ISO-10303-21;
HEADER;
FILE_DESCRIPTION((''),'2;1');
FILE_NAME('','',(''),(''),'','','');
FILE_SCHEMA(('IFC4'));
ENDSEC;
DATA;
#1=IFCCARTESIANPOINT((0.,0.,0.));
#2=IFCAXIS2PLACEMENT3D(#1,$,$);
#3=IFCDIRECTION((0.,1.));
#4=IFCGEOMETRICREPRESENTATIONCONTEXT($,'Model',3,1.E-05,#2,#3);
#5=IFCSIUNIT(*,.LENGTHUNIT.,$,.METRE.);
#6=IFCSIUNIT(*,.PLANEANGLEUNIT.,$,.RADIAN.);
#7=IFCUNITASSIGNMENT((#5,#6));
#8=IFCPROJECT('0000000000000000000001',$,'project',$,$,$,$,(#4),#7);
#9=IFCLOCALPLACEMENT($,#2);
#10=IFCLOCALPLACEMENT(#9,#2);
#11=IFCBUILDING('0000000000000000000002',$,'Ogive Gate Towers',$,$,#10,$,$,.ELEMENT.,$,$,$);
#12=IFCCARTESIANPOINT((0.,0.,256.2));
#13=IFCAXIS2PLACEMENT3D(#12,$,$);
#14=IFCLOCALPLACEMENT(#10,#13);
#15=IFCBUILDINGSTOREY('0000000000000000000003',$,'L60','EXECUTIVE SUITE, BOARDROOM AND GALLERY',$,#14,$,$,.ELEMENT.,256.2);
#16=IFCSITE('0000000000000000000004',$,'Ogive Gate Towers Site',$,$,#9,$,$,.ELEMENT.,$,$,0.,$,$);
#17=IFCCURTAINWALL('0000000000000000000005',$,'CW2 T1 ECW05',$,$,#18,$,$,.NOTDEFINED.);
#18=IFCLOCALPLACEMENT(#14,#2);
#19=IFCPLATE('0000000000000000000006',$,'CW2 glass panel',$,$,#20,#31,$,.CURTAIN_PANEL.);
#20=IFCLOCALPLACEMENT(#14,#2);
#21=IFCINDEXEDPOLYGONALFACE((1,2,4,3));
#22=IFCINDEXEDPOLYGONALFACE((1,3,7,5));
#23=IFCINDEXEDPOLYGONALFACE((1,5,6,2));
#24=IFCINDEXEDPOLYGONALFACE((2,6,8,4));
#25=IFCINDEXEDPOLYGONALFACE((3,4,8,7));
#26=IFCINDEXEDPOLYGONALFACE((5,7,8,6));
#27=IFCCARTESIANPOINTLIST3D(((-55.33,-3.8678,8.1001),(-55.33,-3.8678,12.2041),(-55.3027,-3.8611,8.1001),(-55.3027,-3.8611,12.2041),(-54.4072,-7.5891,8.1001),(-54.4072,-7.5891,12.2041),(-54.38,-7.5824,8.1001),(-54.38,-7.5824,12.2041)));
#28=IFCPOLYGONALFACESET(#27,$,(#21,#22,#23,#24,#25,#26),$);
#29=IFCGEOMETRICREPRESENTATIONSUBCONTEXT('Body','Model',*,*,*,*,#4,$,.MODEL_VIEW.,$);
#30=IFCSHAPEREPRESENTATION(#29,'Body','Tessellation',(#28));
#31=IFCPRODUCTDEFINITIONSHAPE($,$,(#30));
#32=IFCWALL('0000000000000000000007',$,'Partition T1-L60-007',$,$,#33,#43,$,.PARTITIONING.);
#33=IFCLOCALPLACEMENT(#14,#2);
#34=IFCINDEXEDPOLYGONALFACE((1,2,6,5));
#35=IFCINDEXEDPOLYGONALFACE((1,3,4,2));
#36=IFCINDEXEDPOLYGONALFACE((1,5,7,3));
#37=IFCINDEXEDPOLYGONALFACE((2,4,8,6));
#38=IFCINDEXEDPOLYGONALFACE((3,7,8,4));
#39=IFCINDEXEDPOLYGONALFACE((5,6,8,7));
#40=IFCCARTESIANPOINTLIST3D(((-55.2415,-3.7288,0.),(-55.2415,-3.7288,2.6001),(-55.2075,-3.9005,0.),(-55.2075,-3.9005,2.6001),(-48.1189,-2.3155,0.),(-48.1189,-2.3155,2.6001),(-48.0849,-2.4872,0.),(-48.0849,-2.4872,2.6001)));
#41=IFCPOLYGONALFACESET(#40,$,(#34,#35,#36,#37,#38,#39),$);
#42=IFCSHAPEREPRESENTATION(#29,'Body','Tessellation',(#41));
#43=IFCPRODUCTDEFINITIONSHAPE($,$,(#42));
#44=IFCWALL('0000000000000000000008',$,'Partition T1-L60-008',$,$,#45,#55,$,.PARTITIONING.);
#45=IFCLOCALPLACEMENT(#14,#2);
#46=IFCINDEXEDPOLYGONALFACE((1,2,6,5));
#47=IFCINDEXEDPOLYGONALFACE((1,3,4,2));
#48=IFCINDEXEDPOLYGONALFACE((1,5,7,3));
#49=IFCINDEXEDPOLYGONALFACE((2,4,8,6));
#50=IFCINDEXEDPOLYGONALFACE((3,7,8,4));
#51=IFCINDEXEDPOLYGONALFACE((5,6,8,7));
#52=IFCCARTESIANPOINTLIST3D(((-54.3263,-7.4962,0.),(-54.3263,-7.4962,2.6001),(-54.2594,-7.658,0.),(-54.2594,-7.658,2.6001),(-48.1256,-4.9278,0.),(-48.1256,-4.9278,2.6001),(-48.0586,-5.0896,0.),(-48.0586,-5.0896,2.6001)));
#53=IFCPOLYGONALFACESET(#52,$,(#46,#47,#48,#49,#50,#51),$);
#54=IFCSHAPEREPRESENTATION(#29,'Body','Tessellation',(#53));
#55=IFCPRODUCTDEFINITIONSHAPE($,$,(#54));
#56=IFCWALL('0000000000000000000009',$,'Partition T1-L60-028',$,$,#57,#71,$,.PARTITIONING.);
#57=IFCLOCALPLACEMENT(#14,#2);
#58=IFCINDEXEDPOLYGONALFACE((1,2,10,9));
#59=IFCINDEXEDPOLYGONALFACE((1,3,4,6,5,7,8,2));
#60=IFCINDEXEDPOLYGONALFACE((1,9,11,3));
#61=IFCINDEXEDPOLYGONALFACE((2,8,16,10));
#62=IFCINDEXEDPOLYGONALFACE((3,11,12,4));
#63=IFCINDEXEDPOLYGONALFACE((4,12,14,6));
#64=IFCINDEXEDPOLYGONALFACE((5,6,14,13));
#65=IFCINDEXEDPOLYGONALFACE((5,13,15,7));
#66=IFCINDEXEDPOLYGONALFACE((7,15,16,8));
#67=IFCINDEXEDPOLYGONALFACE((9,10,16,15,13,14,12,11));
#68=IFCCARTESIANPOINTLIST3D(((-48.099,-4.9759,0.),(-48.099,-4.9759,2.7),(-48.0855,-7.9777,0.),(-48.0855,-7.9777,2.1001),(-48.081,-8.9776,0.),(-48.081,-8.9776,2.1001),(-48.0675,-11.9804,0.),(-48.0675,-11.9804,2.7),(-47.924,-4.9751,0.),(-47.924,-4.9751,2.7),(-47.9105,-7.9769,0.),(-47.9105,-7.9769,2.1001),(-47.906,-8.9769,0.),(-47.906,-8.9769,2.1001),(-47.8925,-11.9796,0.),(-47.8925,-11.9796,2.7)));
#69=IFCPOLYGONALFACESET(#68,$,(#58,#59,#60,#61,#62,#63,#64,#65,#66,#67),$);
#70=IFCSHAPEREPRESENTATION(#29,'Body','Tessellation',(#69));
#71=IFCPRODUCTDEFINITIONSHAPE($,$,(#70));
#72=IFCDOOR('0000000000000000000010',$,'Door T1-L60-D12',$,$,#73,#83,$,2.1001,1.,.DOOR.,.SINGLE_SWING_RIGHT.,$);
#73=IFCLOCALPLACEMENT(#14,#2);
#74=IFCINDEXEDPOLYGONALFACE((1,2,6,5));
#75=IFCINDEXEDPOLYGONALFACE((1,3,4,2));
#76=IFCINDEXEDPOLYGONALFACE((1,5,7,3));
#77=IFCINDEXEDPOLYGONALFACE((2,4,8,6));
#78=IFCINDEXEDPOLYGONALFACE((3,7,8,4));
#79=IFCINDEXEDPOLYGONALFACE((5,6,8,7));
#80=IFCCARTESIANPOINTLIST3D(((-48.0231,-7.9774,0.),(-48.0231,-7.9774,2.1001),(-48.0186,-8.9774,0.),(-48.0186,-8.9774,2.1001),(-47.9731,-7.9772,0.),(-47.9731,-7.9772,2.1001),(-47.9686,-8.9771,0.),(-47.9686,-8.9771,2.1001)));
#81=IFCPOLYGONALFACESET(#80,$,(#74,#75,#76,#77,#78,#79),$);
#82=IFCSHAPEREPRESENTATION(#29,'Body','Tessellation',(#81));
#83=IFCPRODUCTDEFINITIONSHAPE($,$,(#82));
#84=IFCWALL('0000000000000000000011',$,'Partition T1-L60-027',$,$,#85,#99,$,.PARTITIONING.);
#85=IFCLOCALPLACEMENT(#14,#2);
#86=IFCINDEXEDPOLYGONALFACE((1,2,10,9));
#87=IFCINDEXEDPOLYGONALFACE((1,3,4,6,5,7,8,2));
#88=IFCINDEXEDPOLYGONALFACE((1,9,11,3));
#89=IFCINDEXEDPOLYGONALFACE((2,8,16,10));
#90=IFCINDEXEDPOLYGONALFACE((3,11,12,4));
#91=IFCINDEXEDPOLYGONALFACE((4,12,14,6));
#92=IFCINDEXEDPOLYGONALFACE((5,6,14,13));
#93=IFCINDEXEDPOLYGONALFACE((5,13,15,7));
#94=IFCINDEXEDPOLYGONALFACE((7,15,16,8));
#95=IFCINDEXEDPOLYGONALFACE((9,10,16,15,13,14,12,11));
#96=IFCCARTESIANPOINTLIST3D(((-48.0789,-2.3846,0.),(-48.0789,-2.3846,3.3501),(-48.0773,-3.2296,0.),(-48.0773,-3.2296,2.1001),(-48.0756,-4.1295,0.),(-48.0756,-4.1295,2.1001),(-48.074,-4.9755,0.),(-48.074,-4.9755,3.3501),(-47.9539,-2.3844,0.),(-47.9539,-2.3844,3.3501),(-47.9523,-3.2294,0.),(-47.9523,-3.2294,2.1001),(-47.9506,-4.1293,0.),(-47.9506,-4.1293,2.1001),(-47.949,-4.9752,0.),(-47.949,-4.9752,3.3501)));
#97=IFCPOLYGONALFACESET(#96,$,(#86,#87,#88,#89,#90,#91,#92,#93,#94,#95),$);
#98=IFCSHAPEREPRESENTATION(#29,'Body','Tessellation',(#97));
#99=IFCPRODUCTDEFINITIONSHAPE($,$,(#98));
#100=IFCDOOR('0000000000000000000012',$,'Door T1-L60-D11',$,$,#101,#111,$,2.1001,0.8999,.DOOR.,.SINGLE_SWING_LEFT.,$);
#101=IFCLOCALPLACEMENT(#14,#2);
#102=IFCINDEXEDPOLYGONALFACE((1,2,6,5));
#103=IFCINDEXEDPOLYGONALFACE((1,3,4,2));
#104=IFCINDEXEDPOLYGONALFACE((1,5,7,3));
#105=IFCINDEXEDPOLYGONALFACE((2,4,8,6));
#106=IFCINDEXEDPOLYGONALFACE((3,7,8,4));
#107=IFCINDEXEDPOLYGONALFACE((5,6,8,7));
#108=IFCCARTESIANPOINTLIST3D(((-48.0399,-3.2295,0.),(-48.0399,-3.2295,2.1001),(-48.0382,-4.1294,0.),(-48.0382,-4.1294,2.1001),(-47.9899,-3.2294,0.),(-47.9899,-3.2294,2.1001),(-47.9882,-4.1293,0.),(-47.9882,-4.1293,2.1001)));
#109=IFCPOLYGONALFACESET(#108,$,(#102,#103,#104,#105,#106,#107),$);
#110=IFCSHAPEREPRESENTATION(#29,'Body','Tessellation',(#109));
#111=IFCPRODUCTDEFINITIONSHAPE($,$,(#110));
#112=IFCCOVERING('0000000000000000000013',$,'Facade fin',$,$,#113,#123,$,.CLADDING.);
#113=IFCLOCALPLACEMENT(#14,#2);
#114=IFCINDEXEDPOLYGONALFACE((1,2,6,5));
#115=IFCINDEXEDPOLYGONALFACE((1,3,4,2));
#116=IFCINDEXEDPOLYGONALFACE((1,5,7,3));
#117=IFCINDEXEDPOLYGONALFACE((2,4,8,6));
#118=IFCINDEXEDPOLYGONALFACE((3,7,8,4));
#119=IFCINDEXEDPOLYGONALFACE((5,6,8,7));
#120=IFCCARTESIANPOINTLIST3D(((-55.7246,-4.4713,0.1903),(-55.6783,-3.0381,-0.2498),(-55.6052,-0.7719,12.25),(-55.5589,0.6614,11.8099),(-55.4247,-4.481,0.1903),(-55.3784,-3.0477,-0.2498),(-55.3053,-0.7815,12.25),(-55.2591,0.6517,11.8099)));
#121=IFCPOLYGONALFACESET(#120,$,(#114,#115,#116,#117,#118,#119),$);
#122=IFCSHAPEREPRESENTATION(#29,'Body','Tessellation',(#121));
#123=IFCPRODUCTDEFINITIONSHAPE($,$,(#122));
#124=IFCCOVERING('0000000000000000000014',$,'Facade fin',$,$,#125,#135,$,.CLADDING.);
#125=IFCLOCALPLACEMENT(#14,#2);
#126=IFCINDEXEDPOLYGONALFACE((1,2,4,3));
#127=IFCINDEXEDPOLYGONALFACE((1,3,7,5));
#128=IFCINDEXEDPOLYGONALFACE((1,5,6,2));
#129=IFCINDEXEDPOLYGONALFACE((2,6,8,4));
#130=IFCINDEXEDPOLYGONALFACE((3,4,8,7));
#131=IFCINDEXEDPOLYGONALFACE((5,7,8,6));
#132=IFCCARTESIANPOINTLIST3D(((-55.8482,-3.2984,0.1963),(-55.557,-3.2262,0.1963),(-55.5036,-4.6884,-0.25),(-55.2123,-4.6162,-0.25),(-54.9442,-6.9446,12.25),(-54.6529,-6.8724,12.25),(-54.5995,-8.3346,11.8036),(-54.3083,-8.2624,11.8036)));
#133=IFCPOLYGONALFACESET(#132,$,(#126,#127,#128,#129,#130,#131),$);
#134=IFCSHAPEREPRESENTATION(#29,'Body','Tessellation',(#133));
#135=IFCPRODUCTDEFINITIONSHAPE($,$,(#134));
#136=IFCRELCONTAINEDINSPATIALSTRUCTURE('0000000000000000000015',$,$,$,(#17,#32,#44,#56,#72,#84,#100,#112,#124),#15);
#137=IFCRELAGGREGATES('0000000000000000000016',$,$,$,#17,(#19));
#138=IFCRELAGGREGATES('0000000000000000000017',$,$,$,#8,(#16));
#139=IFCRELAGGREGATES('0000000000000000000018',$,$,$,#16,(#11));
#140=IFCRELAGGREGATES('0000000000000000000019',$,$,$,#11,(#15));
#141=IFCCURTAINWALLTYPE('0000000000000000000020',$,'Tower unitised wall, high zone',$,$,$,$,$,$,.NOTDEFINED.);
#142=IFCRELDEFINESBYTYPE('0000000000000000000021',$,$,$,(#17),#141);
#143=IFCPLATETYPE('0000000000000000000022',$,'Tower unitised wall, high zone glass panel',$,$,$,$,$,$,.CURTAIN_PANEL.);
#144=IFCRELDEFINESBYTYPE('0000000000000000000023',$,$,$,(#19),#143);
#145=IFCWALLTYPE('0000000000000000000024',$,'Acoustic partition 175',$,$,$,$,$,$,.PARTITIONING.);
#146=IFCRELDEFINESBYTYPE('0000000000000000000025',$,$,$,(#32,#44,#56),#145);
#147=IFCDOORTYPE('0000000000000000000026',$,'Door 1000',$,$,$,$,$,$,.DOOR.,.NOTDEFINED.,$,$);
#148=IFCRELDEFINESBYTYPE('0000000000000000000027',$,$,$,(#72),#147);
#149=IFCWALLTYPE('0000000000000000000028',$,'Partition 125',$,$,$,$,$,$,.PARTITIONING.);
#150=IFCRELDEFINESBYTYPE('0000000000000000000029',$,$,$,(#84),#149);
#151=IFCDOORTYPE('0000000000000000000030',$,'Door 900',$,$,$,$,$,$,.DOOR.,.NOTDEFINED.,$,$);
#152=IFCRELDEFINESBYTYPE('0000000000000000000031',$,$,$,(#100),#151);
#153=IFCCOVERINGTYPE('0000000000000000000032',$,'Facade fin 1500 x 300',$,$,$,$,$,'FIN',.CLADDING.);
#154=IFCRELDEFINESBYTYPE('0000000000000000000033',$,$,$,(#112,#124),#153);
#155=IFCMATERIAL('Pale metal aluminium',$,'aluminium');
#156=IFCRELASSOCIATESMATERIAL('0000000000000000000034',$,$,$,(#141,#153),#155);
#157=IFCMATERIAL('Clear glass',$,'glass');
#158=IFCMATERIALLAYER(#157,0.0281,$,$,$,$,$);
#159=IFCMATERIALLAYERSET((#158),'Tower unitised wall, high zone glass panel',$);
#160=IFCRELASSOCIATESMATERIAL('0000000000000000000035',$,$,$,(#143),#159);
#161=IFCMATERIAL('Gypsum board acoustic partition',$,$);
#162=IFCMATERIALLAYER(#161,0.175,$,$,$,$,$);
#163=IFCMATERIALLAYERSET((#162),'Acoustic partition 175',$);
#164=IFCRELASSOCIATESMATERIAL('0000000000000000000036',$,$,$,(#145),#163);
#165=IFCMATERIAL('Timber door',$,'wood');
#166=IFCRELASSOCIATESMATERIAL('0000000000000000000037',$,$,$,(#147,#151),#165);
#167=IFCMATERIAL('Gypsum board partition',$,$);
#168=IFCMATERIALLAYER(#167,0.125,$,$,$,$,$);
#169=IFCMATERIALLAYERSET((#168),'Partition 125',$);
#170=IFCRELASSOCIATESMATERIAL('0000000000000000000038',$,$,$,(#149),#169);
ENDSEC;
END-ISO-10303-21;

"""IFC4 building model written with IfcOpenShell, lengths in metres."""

from ifc_helpers import new_model, si_unit, direction, frame, frame_2d, origin, origin_2d, place, context, subcontext, project, spatial, rectangle, extrude, material, layer, layer_set, material_profile, profile_set, type_object, element, fill, aggregate, save


model = new_model("IFC4")

# Units and contexts
model_context = context("Model", 3, precision=1e-05, world=origin(), true_north=direction((0.0, 1.0)))
body_context = subcontext(model_context, "Body", "Model", "MODEL_VIEW")
ifc_project = project(units=[si_unit("LENGTHUNIT", "METRE"), si_unit("PLANEANGLEUNIT", "RADIAN")], contexts=[model_context])

# Site, building, storey
site_placement = place(None, origin())
site = spatial("IfcSite", under=ifc_project, at=site_placement, Name="Ogive Gate Towers Site", CompositionType="ELEMENT", RefElevation=0.0)
building_placement = place(site_placement, origin())
building = spatial("IfcBuilding", under=site, at=building_placement, Name="Ogive Gate Towers", CompositionType="ELEMENT")
storey_placement = place(building_placement, frame((0.0, 0.0, 256.2)))
storey = spatial("IfcBuildingStorey", under=building, at=storey_placement, Name="L60", Description="EXECUTIVE SUITE, BOARDROOM AND GALLERY", CompositionType="ELEMENT", Elevation=256.2)

# Curtain wall, plate
ifc_material_1 = material(Name="Pale metal aluminium", Category="aluminium")
curtain_wall_type = type_object("IfcCurtainWallType", Name="Tower unitised wall, high zone", PredefinedType="NOTDEFINED", material=ifc_material_1)
curtain_wall_placement = place(storey_placement, origin())
curtain_wall = element("IfcCurtainWall", 1, at=curtain_wall_placement, inside=storey, type_object=curtain_wall_type, Name="CW2 T1 ECW05", PredefinedType="NOTDEFINED")
ifc_material_2 = material(Name="Clear glass", Category="glass")
ifc_layer_1 = layer(ifc_material_2, 0.0281)
ifc_layer_set_1 = layer_set([ifc_layer_1], Name="Tower unitised wall, high zone glass panel")
plate_type = type_object("IfcPlateType", Name="Tower unitised wall, high zone glass panel", PredefinedType="CURTAIN_PANEL", material=ifc_layer_set_1)
plate_1_placement = place(storey_placement, frame((-54.855, -5.7251, 8.1001), z_axis=(0.0, 0.0, 1.0), x_axis=(0.240669, -0.970607, 0.0)))
plate_1 = element("IfcPlate", 2, at=plate_1_placement, type_object=plate_type, Name="CW2 glass panel", PredefinedType="CURTAIN_PANEL", context=body_context, shape_type="SweptSolid", body=[
    extrude(rectangle(XDim=3.834, YDim=0.0281, at=origin_2d()), origin(), (0.0, 0.0, 1.0), 4.104),
])
aggregate(curtain_wall, [plate_1])

# Walls
ifc_material_3 = material(Name="Gypsum board acoustic partition")
ifc_layer_2 = layer(ifc_material_3, 0.175)
ifc_layer_set_2 = layer_set([ifc_layer_2], Name="Acoustic partition 175")
wall_type_1 = type_object("IfcWallType", Name="Acoustic partition 175", PredefinedType="PARTITIONING", material=ifc_layer_set_2)
wall_1_placement = place(storey_placement, frame((-55.2246, -3.8147, 0.0), z_axis=(0.0, 0.0, 1.0), x_axis=(0.980876, 0.194635, 0.0)))
element("IfcWall", 3, at=wall_1_placement, inside=storey, type_object=wall_type_1, Name="Partition T1-L60-007", PredefinedType="PARTITIONING", context=body_context, shape_type="SweptSolid", body=[
    extrude(rectangle(XDim=7.2615, YDim=0.175, at=frame_2d((3.6309, 0.0))), origin(), (0.0, 0.0, 1.0), 2.6001),
])
wall_2_placement = place(storey_placement, frame((-54.293, -7.5771, 0.0), z_axis=(0.0, 0.0, 1.0), x_axis=(0.923882, 0.382677, 0.0)))
element("IfcWall", 4, at=wall_2_placement, inside=storey, type_object=wall_type_1, Name="Partition T1-L60-008", PredefinedType="PARTITIONING", context=body_context, shape_type="SweptSolid", body=[
    extrude(rectangle(XDim=6.7117, YDim=0.175, at=frame_2d((3.356, 0.0))), origin(), (0.0, 0.0, 1.0), 2.6001),
])

# Walls, openings, doors
wall_3_placement = place(storey_placement, frame((-48.0115, -4.9753, 0.0), z_axis=(0.0, 0.0, 1.0), x_axis=(0.004496, -0.99999, 0.0)))
wall_3 = element("IfcWall", 5, at=wall_3_placement, inside=storey, type_object=wall_type_1, Name="Partition T1-L60-028", PredefinedType="PARTITIONING", context=body_context, shape_type="SweptSolid", body=[
    extrude(rectangle(XDim=7.0046, YDim=0.175, at=frame_2d((3.5024, 0.0))), origin(), (0.0, 0.0, 1.0), 2.7),
])
opening_1_placement = place(wall_3_placement, frame((3.002, 0.0, 0.0)))
opening_1 = element("IfcOpeningElement", 6, at=opening_1_placement, cuts=wall_3, PredefinedType="OPENING", context=body_context, shape_type="SweptSolid", body=[
    extrude(rectangle(XDim=1.0, YDim=2.1001, at=frame_2d((0.5, 1.05))), frame((0.0, 0.0977, 0.0), z_axis=(0.0, -1.0, 0.0), x_axis=(1.0, 0.0, 0.0)), (0.0, 0.0, 1.0), 0.1951),
])
ifc_material_4 = material(Name="Timber door", Category="wood")
door_type_1 = type_object("IfcDoorType", Name="Door 1000", OperationType="NOTDEFINED", PredefinedType="DOOR", material=ifc_material_4)
door_1_placement = place(opening_1_placement, origin())
door_1 = element("IfcDoor", 7, at=door_1_placement, inside=storey, type_object=door_type_1, Name="Door T1-L60-D12", OperationType="SINGLE_SWING_RIGHT", OverallHeight=2.1001, OverallWidth=1.0, PredefinedType="DOOR", context=body_context, shape_type="SweptSolid", body=[
    extrude(rectangle(XDim=1.0, YDim=2.1001, at=frame_2d((0.5, 1.05))), frame((0.0, 0.0249, 0.0), z_axis=(0.0, -1.0, 0.0), x_axis=(1.0, 0.0, 0.0)), (0.0, 0.0, 1.0), 0.05),
])
fill(opening_1, door_1)
ifc_material_5 = material(Name="Gypsum board partition")
ifc_layer_3 = layer(ifc_material_5, 0.125)
ifc_layer_set_3 = layer_set([ifc_layer_3], Name="Partition 125")
wall_type_2 = type_object("IfcWallType", Name="Partition 125", PredefinedType="PARTITIONING", material=ifc_layer_set_3)
wall_4_placement = place(storey_placement, frame((-48.0164, -2.3845, 0.0), z_axis=(0.0, 0.0, 1.0), x_axis=(0.001885, -0.999998, 0.0)))
wall_4 = element("IfcWall", 8, at=wall_4_placement, inside=storey, type_object=wall_type_2, Name="Partition T1-L60-027", PredefinedType="PARTITIONING", context=body_context, shape_type="SweptSolid", body=[
    extrude(rectangle(XDim=2.5908, YDim=0.125, at=frame_2d((1.2954, 0.0))), origin(), (0.0, 0.0, 1.0), 3.3501),
])
opening_2_placement = place(wall_4_placement, frame((0.845, 0.0, 0.0)))
opening_2 = element("IfcOpeningElement", 9, at=opening_2_placement, cuts=wall_4, PredefinedType="OPENING", context=body_context, shape_type="SweptSolid", body=[
    extrude(rectangle(XDim=0.8999, YDim=2.1001, at=frame_2d((0.45, 1.05))), frame((0.0, 0.0725, 0.0), z_axis=(0.0, -1.0, 0.0), x_axis=(1.0, 0.0, 0.0)), (0.0, 0.0, 1.0), 0.145),
])
door_type_2 = type_object("IfcDoorType", Name="Door 900", OperationType="NOTDEFINED", PredefinedType="DOOR", material=ifc_material_4)
door_2_placement = place(opening_2_placement, origin())
door_2 = element("IfcDoor", 10, at=door_2_placement, inside=storey, type_object=door_type_2, Name="Door T1-L60-D11", OperationType="SINGLE_SWING_LEFT", OverallHeight=2.1001, OverallWidth=0.8999, PredefinedType="DOOR", context=body_context, shape_type="SweptSolid", body=[
    extrude(rectangle(XDim=0.8999, YDim=2.1001, at=frame_2d((0.45, 1.05))), frame((0.0, 0.0249, 0.0), z_axis=(0.0, -1.0, 0.0), x_axis=(1.0, 0.0, 0.0)), (0.0, 0.0, 1.0), 0.05),
])
fill(opening_2, door_2)

# Coverings
ifc_material_profile_1 = material_profile(ifc_material_1, rectangle(XDim=0.3, YDim=1.5, at=origin_2d()), Name="1500 x 300 pale metal aluminium")
ifc_profile_set_1 = profile_set([ifc_material_profile_1], Name="Pale metal aluminium")
covering_type = type_object("IfcCoveringType", Name="Facade fin 1500 x 300", ElementType="FIN", PredefinedType="CLADDING", material=ifc_profile_set_1)
covering_1_placement = place(storey_placement, frame((-55.5515, -3.7595, -0.0298), z_axis=(0.009464, 0.293258, 0.955987), x_axis=(-0.99948, 0.032254, 0.0)))
element("IfcCovering", 11, at=covering_1_placement, inside=storey, type_object=covering_type, Name="Facade fin", PredefinedType="CLADDING", context=body_context, shape_type="SweptSolid", body=[
    extrude(rectangle(XDim=0.3, YDim=1.5, at=origin_2d()), origin(), (0.0, 0.0, 1.0), 12.615),
])
covering_2_placement = place(storey_placement, frame((-55.5303, -3.9573, -0.0269), z_axis=(0.071605, -0.288799, 0.954708), x_axis=(0.970611, 0.240654, 0.0)))
element("IfcCovering", 12, at=covering_2_placement, inside=storey, type_object=covering_type, Name="Facade fin", PredefinedType="CLADDING", context=body_context, shape_type="SweptSolid", body=[
    extrude(rectangle(XDim=0.3, YDim=1.5, at=origin_2d()), origin(), (0.0, 0.0, 1.0), 12.6255),
])

save(model, "model.ifc")
